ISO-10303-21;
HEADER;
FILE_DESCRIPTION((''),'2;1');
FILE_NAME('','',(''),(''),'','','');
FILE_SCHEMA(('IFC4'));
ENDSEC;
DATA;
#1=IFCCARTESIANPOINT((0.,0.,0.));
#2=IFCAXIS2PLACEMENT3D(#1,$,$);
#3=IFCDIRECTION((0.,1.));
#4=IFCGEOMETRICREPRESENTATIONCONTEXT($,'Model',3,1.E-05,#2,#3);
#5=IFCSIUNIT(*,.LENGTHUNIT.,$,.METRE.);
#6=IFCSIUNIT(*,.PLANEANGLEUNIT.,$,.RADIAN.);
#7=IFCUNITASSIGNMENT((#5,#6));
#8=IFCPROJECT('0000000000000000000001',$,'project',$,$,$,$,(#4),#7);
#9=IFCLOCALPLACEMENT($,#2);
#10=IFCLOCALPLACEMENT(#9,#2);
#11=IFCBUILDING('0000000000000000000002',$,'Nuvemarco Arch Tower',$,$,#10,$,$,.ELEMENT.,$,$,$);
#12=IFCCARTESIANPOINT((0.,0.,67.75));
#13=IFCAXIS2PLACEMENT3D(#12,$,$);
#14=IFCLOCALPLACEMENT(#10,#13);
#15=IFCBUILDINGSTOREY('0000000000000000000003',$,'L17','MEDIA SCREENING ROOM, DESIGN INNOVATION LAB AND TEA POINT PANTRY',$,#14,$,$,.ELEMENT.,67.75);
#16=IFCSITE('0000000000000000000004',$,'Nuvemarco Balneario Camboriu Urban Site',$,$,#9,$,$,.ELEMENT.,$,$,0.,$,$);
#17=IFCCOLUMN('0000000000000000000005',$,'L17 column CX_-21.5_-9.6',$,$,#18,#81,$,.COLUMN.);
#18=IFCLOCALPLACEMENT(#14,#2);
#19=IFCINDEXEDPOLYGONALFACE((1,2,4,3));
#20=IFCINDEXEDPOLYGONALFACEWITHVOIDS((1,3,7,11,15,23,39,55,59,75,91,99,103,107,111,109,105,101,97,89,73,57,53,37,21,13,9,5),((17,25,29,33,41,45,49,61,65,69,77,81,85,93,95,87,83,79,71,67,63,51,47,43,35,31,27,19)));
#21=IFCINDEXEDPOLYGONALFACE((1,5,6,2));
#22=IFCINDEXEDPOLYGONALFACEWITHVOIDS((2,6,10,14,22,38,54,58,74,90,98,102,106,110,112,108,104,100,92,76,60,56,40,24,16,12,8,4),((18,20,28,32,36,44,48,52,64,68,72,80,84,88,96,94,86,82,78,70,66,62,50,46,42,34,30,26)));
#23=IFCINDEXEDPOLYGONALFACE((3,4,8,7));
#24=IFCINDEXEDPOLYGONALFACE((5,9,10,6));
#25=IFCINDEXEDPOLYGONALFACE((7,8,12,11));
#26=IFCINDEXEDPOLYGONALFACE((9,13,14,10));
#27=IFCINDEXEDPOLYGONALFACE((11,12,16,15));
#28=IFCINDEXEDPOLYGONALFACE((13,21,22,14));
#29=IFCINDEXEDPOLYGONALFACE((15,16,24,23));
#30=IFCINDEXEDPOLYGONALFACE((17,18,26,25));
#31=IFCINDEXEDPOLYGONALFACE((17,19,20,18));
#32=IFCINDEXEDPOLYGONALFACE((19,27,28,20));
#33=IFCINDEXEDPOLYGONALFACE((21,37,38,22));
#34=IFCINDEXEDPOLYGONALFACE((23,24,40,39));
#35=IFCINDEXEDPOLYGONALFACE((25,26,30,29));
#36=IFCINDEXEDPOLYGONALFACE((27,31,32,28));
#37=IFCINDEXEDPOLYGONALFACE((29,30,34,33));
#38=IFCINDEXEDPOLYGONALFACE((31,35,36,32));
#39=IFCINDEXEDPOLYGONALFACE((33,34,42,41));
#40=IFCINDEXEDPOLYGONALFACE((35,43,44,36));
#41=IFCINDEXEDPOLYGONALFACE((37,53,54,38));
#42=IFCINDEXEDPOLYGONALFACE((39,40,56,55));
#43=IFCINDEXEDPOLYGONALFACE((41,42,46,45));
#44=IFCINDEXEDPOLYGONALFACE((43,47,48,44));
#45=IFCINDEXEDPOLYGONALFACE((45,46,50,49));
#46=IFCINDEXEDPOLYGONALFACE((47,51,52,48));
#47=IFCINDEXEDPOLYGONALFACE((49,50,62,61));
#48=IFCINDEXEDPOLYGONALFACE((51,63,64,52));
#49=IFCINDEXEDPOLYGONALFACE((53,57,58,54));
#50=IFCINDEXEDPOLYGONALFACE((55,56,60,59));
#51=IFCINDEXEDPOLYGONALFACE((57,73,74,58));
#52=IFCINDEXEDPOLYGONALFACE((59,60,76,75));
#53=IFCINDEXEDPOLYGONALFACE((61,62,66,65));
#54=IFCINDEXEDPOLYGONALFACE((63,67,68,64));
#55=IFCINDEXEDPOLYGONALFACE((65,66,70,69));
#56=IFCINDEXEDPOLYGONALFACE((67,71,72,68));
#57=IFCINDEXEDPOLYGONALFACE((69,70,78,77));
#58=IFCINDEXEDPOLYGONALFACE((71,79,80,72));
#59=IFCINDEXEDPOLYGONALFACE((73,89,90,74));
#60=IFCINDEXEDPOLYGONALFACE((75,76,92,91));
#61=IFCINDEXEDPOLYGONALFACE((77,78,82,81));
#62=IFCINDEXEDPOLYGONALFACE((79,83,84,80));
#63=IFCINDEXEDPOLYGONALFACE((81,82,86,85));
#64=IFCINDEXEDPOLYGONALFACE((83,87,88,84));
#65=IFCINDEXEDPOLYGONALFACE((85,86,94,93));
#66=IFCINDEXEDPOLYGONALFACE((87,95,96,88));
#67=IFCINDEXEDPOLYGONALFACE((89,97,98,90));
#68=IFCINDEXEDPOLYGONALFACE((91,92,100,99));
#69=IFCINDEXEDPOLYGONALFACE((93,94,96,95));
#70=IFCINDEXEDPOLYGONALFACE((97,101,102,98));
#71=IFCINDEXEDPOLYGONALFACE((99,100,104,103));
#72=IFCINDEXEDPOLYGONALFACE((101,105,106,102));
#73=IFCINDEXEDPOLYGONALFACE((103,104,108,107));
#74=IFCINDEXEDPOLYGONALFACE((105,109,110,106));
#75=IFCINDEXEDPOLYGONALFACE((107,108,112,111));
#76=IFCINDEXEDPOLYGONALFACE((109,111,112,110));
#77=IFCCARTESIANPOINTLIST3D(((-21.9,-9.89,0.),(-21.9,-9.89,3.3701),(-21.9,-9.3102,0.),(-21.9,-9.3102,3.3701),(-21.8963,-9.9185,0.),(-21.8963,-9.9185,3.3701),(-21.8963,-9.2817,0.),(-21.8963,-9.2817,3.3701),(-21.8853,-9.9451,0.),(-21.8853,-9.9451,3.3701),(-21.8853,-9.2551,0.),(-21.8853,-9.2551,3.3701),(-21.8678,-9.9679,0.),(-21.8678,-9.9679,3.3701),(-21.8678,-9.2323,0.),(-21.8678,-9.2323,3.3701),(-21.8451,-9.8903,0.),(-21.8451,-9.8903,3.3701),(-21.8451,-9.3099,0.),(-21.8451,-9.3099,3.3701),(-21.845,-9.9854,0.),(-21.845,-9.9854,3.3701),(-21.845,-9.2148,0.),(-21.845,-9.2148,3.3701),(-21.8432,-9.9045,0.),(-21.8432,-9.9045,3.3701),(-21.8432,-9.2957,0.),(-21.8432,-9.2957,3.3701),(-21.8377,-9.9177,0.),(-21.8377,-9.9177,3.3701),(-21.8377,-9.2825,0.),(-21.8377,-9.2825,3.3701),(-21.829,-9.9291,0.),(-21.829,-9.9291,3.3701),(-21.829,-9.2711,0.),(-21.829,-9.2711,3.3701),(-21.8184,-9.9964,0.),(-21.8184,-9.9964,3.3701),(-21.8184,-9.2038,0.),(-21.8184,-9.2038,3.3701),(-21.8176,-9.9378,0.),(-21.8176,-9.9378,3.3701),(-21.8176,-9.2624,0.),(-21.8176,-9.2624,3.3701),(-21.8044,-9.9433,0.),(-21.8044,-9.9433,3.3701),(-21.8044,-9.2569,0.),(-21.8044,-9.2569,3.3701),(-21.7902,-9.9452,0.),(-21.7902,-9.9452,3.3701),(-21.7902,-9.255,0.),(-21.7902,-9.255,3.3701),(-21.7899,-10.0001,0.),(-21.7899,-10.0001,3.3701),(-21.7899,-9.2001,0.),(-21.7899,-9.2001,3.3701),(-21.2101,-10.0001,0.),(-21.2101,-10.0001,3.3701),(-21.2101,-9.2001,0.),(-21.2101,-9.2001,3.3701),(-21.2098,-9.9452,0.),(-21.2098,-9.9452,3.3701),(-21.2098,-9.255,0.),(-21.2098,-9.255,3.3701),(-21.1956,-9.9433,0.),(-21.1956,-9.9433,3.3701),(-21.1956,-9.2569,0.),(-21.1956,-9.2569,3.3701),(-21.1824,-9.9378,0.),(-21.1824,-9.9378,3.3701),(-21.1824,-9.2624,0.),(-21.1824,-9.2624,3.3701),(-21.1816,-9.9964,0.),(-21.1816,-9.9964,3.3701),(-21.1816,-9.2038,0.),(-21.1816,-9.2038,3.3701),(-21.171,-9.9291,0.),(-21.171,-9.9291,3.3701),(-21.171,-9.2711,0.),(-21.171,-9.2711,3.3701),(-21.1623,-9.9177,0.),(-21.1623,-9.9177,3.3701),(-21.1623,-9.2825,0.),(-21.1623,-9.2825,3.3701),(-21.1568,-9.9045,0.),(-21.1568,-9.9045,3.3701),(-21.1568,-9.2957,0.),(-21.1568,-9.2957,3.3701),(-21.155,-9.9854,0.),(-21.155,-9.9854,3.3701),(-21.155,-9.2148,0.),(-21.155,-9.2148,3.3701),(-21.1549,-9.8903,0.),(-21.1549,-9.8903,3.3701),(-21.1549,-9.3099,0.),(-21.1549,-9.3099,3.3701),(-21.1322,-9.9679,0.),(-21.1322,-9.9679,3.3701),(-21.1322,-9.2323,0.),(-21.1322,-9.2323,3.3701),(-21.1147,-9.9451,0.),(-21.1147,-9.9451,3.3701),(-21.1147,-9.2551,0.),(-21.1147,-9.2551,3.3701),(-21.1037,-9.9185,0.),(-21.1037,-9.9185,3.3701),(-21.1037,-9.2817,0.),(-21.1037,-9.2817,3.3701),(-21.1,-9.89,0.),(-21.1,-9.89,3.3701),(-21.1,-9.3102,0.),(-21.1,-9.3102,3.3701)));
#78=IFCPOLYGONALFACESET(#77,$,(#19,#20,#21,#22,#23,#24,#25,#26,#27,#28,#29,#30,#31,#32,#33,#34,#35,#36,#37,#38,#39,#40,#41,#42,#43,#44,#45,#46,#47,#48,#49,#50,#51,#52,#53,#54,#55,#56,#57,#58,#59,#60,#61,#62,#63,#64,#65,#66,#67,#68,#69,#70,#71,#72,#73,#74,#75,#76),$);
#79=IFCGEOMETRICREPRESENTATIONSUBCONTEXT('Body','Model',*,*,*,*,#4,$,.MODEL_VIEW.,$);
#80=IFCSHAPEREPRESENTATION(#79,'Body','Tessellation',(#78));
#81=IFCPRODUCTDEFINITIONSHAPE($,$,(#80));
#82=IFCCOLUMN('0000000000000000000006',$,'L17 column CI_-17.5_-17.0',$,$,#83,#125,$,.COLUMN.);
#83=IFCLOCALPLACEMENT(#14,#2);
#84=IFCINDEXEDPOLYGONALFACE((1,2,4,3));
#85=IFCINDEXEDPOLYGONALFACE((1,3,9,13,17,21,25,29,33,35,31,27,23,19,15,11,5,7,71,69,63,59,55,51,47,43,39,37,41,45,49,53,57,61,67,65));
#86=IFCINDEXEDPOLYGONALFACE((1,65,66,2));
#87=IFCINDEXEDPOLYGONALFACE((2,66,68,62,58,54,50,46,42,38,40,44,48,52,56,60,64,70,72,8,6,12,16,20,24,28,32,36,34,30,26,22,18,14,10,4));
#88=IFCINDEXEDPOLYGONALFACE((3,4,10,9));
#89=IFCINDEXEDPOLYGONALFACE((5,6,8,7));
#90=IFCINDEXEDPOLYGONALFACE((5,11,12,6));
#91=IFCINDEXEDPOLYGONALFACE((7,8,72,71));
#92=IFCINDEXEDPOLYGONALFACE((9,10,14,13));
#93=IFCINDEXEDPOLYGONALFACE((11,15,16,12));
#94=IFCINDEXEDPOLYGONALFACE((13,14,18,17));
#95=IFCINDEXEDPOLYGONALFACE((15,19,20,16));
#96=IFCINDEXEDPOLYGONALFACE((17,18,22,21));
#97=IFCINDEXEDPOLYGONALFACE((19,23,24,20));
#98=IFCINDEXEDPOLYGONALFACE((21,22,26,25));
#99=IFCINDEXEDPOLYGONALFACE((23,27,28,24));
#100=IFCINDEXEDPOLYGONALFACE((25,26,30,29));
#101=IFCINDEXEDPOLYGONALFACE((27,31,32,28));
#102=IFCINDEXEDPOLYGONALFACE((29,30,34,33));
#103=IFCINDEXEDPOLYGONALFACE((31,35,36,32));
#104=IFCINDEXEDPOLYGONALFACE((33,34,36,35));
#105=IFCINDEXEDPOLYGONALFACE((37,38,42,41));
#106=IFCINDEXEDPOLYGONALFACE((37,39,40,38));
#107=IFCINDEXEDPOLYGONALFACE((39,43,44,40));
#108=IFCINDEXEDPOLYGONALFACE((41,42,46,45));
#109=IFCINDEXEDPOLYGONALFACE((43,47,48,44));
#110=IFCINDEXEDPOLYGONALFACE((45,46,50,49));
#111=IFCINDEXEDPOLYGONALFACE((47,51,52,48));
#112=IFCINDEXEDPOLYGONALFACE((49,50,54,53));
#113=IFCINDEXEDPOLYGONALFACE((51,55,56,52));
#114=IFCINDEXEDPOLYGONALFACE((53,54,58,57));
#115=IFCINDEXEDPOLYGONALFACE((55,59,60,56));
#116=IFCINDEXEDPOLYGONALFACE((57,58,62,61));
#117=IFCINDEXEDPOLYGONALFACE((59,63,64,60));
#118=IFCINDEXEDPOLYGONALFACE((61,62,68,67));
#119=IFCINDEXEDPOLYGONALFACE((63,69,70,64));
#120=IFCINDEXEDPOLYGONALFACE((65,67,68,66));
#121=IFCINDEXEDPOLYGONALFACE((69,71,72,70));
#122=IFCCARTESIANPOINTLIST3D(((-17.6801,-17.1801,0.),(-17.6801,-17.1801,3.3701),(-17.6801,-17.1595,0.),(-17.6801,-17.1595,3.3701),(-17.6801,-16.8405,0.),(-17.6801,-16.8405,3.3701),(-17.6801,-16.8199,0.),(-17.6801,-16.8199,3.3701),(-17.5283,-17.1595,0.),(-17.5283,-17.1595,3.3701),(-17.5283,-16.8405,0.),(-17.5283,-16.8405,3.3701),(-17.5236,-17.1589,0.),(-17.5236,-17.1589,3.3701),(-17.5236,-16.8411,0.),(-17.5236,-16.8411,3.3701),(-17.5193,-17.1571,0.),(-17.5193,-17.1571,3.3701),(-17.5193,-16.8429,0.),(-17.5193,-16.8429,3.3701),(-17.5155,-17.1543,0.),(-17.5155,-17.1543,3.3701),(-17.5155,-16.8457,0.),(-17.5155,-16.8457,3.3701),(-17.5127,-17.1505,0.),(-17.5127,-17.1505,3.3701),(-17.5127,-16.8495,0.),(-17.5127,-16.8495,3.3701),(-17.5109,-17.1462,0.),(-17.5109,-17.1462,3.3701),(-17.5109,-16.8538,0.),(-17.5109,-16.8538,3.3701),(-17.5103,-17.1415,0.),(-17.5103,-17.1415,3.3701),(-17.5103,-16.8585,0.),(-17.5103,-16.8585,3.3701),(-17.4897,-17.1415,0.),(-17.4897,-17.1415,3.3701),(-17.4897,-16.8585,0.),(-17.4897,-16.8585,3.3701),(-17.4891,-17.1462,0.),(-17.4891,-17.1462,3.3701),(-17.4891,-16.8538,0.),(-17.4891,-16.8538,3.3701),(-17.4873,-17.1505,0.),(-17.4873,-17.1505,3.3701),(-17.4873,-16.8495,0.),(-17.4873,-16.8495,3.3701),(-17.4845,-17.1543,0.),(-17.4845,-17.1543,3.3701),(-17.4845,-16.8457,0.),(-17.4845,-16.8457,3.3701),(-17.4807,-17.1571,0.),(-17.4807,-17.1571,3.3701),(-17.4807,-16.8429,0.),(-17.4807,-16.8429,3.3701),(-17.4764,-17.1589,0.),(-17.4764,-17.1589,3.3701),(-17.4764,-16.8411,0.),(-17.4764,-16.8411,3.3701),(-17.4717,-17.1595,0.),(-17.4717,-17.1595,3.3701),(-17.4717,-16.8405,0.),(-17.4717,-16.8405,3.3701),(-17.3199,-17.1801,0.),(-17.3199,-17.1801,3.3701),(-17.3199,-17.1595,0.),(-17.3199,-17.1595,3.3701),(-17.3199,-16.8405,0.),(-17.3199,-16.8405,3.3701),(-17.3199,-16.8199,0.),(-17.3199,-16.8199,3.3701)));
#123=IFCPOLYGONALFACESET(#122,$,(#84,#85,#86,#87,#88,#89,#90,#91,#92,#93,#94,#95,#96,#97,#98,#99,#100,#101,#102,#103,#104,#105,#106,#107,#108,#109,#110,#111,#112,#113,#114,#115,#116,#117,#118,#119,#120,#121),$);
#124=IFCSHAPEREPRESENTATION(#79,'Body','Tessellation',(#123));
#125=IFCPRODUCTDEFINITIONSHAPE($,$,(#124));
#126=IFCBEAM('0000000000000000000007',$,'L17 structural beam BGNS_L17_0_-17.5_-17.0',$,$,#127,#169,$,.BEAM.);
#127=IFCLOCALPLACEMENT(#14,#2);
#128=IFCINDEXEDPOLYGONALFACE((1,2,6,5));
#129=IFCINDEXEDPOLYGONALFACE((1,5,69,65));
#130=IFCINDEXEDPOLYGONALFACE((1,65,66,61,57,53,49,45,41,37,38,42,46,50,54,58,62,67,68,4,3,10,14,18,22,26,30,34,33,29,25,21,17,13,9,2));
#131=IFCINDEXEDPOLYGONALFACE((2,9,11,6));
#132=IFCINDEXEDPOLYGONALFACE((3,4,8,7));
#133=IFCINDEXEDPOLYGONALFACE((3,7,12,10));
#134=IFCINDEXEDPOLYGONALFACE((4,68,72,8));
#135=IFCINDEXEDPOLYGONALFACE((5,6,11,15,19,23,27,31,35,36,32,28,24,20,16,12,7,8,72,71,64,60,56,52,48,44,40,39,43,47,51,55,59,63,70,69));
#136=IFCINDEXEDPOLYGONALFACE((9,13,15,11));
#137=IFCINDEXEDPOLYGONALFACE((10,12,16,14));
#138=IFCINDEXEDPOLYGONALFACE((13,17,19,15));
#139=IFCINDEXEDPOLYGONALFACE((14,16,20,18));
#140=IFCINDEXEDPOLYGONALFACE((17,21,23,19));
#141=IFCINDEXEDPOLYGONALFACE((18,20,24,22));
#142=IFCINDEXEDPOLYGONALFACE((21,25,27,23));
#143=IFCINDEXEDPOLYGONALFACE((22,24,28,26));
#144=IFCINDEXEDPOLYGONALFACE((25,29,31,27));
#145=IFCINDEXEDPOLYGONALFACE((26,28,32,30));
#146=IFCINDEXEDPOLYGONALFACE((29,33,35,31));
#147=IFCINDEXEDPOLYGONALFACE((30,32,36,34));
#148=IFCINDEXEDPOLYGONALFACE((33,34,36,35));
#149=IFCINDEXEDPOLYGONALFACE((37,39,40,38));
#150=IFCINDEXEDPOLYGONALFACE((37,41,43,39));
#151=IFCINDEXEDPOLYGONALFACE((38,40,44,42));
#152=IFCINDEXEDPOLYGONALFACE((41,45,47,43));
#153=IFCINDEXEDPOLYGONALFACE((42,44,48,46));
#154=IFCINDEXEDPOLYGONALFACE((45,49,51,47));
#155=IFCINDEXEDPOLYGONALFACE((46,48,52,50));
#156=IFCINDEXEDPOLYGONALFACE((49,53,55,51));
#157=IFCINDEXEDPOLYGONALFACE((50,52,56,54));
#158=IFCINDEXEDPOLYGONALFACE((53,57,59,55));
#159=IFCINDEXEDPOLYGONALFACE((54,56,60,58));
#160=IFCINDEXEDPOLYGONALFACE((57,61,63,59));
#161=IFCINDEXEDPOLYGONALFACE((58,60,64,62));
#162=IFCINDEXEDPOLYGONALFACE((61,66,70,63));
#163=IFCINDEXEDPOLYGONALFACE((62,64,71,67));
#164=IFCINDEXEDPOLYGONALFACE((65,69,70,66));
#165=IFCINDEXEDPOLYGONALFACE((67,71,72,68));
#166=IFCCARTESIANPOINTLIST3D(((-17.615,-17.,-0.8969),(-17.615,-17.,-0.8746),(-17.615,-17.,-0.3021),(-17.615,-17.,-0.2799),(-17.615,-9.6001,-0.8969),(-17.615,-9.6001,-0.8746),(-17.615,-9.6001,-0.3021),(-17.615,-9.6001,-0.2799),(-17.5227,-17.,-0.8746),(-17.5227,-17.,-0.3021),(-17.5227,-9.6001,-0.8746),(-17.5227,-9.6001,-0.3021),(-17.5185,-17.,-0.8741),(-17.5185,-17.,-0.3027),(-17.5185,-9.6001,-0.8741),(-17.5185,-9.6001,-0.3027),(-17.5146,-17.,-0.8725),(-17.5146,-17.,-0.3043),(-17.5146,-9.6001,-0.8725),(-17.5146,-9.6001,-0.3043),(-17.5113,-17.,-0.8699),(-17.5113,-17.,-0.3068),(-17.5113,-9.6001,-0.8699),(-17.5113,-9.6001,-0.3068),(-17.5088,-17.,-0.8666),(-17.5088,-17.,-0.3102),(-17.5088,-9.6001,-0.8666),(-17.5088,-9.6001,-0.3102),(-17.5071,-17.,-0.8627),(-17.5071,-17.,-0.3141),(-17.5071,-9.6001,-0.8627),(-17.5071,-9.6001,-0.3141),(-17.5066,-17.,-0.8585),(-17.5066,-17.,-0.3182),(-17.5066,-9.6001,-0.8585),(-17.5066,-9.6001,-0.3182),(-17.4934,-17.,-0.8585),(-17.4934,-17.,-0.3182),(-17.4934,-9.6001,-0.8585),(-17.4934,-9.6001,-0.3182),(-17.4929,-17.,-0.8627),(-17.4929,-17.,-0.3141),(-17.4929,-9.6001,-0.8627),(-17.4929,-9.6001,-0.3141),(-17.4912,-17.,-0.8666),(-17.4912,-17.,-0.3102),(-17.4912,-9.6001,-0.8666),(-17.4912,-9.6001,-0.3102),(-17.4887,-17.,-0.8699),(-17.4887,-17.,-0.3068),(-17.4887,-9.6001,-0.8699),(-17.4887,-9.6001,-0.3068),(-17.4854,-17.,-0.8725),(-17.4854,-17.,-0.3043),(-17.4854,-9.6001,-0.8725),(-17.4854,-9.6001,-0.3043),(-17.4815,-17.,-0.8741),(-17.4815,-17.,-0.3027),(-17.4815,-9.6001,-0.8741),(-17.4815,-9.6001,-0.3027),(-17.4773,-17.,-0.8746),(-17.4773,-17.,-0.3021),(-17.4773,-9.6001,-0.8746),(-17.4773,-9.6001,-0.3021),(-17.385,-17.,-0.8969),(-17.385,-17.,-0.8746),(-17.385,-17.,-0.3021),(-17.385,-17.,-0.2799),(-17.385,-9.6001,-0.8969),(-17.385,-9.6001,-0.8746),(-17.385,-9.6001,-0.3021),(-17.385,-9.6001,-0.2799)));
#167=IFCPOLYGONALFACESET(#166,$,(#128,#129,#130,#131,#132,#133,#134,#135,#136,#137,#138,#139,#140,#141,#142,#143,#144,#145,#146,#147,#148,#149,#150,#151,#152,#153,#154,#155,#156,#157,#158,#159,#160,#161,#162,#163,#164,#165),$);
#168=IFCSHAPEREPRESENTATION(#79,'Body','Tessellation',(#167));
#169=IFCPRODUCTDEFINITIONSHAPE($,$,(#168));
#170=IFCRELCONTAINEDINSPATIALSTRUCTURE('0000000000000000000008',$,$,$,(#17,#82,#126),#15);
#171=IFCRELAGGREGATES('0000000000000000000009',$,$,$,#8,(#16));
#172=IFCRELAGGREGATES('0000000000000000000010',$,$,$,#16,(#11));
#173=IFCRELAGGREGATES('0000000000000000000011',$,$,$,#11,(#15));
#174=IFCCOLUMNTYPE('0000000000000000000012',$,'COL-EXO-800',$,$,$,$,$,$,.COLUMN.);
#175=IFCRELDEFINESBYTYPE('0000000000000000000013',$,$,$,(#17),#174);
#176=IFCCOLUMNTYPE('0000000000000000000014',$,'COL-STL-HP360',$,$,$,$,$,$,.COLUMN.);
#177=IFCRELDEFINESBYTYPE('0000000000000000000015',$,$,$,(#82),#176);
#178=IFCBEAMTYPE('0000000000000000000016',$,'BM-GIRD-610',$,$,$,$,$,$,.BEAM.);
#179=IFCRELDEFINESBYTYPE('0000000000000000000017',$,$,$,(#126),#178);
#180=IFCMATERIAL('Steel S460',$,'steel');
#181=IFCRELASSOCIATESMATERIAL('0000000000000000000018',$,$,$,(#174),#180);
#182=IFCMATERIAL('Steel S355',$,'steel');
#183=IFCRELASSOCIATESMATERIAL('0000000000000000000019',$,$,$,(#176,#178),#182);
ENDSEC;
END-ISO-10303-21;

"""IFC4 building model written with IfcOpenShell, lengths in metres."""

from ifc_helpers import new_model, si_unit, direction, frame, origin, origin_2d, place, context, subcontext, project, spatial, hollow_rectangle, i_section, extrude, material, material_profile, profile_set, type_object, element, save


model = new_model("IFC4")

# Units and contexts
model_context = context("Model", 3, precision=1e-05, world=origin(), true_north=direction((0.0, 1.0)))
body_context = subcontext(model_context, "Body", "Model", "MODEL_VIEW")
ifc_project = project(units=[si_unit("LENGTHUNIT", "METRE"), si_unit("PLANEANGLEUNIT", "RADIAN")], contexts=[model_context])

# Site, building, storey
site_placement = place(None, origin())
site = spatial("IfcSite", under=ifc_project, at=site_placement, Name="Nuvemarco Balneario Camboriu Urban Site", CompositionType="ELEMENT", RefElevation=0.0)
building_placement = place(site_placement, origin())
building = spatial("IfcBuilding", under=site, at=building_placement, Name="Nuvemarco Arch Tower", CompositionType="ELEMENT")
storey_placement = place(building_placement, frame((0.0, 0.0, 67.75)))
storey = spatial("IfcBuildingStorey", under=building, at=storey_placement, Name="L17", Description="MEDIA SCREENING ROOM, DESIGN INNOVATION LAB AND TEA POINT PANTRY", CompositionType="ELEMENT", Elevation=67.75)

# Columns
ifc_material_1 = material(Name="Steel S460", Category="steel")
ifc_material_profile_1 = material_profile(ifc_material_1, hollow_rectangle(XDim=0.8, YDim=0.8, WallThickness=0.0549, InnerFilletRadius=0.0549, OuterFilletRadius=0.1101, at=origin_2d()), Name="SHS800x800x55")
ifc_profile_set_1 = profile_set([ifc_material_profile_1], Name="Steel S460")
column_type_1 = type_object("IfcColumnType", Name="COL-EXO-800", PredefinedType="COLUMN", material=ifc_profile_set_1)
column_1_placement = place(storey_placement, frame((-21.5, -9.6001, 0.0), z_axis=(0.0, 0.0, 1.0), x_axis=(1.0, 0.0, 0.0)))
element("IfcColumn", 1, at=column_1_placement, inside=storey, type_object=column_type_1, Name="L17 column CX_-21.5_-9.6", PredefinedType="COLUMN", context=body_context, shape_type="SweptSolid", body=[
    extrude(hollow_rectangle(XDim=0.8, YDim=0.8, WallThickness=0.0549, InnerFilletRadius=0.0549, OuterFilletRadius=0.1101, at=origin_2d()), origin(), (0.0, 0.0, 1.0), 3.3701),
])
ifc_material_2 = material(Name="Steel S355", Category="steel")
ifc_material_profile_2 = material_profile(ifc_material_2, i_section(OverallWidth=0.3601, OverallDepth=0.3601, WebThickness=0.0205, FlangeThickness=0.0205, FilletRadius=0.0181, at=origin_2d()), Name="HP360x174")
ifc_profile_set_2 = profile_set([ifc_material_profile_2], Name="Steel S355")
column_type_2 = type_object("IfcColumnType", Name="COL-STL-HP360", PredefinedType="COLUMN", material=ifc_profile_set_2)
column_2_placement = place(storey_placement, frame((-17.5, -17.0, 0.0), z_axis=(0.0, 0.0, 1.0), x_axis=(1.0, 0.0, 0.0)))
element("IfcColumn", 2, at=column_2_placement, inside=storey, type_object=column_type_2, Name="L17 column CI_-17.5_-17.0", PredefinedType="COLUMN", context=body_context, shape_type="SweptSolid", body=[
    extrude(i_section(OverallWidth=0.3601, OverallDepth=0.3601, WebThickness=0.0205, FlangeThickness=0.0205, FilletRadius=0.0181, at=origin_2d()), origin(), (0.0, 0.0, 1.0), 3.3701),
])

# Beam
ifc_material_profile_3 = material_profile(ifc_material_2, i_section(OverallWidth=0.23, OverallDepth=0.6169, WebThickness=0.0132, FlangeThickness=0.0222, FilletRadius=0.0161, at=origin_2d()), Name="W610x140")
ifc_profile_set_3 = profile_set([ifc_material_profile_3], Name="Steel S355")
beam_type_1 = type_object("IfcBeamType", Name="BM-GIRD-610", PredefinedType="BEAM", material=ifc_profile_set_3)
beam_1_placement = place(storey_placement, frame((-17.5, -17.0, -0.5884), z_axis=(0.0, 1.0, 0.0), x_axis=(-1.0, 0.0, 0.0)))
element("IfcBeam", 3, at=beam_1_placement, inside=storey, type_object=beam_type_1, Name="L17 structural beam BGNS_L17_0_-17.5_-17.0", PredefinedType="BEAM", context=body_context, shape_type="SweptSolid", body=[
    extrude(i_section(OverallWidth=0.23, OverallDepth=0.6169, WebThickness=0.0132, FlangeThickness=0.0222, FilletRadius=0.0161, at=origin_2d()), origin(), (0.0, 0.0, 1.0), 7.3999),
])

save(model, "model.ifc")
